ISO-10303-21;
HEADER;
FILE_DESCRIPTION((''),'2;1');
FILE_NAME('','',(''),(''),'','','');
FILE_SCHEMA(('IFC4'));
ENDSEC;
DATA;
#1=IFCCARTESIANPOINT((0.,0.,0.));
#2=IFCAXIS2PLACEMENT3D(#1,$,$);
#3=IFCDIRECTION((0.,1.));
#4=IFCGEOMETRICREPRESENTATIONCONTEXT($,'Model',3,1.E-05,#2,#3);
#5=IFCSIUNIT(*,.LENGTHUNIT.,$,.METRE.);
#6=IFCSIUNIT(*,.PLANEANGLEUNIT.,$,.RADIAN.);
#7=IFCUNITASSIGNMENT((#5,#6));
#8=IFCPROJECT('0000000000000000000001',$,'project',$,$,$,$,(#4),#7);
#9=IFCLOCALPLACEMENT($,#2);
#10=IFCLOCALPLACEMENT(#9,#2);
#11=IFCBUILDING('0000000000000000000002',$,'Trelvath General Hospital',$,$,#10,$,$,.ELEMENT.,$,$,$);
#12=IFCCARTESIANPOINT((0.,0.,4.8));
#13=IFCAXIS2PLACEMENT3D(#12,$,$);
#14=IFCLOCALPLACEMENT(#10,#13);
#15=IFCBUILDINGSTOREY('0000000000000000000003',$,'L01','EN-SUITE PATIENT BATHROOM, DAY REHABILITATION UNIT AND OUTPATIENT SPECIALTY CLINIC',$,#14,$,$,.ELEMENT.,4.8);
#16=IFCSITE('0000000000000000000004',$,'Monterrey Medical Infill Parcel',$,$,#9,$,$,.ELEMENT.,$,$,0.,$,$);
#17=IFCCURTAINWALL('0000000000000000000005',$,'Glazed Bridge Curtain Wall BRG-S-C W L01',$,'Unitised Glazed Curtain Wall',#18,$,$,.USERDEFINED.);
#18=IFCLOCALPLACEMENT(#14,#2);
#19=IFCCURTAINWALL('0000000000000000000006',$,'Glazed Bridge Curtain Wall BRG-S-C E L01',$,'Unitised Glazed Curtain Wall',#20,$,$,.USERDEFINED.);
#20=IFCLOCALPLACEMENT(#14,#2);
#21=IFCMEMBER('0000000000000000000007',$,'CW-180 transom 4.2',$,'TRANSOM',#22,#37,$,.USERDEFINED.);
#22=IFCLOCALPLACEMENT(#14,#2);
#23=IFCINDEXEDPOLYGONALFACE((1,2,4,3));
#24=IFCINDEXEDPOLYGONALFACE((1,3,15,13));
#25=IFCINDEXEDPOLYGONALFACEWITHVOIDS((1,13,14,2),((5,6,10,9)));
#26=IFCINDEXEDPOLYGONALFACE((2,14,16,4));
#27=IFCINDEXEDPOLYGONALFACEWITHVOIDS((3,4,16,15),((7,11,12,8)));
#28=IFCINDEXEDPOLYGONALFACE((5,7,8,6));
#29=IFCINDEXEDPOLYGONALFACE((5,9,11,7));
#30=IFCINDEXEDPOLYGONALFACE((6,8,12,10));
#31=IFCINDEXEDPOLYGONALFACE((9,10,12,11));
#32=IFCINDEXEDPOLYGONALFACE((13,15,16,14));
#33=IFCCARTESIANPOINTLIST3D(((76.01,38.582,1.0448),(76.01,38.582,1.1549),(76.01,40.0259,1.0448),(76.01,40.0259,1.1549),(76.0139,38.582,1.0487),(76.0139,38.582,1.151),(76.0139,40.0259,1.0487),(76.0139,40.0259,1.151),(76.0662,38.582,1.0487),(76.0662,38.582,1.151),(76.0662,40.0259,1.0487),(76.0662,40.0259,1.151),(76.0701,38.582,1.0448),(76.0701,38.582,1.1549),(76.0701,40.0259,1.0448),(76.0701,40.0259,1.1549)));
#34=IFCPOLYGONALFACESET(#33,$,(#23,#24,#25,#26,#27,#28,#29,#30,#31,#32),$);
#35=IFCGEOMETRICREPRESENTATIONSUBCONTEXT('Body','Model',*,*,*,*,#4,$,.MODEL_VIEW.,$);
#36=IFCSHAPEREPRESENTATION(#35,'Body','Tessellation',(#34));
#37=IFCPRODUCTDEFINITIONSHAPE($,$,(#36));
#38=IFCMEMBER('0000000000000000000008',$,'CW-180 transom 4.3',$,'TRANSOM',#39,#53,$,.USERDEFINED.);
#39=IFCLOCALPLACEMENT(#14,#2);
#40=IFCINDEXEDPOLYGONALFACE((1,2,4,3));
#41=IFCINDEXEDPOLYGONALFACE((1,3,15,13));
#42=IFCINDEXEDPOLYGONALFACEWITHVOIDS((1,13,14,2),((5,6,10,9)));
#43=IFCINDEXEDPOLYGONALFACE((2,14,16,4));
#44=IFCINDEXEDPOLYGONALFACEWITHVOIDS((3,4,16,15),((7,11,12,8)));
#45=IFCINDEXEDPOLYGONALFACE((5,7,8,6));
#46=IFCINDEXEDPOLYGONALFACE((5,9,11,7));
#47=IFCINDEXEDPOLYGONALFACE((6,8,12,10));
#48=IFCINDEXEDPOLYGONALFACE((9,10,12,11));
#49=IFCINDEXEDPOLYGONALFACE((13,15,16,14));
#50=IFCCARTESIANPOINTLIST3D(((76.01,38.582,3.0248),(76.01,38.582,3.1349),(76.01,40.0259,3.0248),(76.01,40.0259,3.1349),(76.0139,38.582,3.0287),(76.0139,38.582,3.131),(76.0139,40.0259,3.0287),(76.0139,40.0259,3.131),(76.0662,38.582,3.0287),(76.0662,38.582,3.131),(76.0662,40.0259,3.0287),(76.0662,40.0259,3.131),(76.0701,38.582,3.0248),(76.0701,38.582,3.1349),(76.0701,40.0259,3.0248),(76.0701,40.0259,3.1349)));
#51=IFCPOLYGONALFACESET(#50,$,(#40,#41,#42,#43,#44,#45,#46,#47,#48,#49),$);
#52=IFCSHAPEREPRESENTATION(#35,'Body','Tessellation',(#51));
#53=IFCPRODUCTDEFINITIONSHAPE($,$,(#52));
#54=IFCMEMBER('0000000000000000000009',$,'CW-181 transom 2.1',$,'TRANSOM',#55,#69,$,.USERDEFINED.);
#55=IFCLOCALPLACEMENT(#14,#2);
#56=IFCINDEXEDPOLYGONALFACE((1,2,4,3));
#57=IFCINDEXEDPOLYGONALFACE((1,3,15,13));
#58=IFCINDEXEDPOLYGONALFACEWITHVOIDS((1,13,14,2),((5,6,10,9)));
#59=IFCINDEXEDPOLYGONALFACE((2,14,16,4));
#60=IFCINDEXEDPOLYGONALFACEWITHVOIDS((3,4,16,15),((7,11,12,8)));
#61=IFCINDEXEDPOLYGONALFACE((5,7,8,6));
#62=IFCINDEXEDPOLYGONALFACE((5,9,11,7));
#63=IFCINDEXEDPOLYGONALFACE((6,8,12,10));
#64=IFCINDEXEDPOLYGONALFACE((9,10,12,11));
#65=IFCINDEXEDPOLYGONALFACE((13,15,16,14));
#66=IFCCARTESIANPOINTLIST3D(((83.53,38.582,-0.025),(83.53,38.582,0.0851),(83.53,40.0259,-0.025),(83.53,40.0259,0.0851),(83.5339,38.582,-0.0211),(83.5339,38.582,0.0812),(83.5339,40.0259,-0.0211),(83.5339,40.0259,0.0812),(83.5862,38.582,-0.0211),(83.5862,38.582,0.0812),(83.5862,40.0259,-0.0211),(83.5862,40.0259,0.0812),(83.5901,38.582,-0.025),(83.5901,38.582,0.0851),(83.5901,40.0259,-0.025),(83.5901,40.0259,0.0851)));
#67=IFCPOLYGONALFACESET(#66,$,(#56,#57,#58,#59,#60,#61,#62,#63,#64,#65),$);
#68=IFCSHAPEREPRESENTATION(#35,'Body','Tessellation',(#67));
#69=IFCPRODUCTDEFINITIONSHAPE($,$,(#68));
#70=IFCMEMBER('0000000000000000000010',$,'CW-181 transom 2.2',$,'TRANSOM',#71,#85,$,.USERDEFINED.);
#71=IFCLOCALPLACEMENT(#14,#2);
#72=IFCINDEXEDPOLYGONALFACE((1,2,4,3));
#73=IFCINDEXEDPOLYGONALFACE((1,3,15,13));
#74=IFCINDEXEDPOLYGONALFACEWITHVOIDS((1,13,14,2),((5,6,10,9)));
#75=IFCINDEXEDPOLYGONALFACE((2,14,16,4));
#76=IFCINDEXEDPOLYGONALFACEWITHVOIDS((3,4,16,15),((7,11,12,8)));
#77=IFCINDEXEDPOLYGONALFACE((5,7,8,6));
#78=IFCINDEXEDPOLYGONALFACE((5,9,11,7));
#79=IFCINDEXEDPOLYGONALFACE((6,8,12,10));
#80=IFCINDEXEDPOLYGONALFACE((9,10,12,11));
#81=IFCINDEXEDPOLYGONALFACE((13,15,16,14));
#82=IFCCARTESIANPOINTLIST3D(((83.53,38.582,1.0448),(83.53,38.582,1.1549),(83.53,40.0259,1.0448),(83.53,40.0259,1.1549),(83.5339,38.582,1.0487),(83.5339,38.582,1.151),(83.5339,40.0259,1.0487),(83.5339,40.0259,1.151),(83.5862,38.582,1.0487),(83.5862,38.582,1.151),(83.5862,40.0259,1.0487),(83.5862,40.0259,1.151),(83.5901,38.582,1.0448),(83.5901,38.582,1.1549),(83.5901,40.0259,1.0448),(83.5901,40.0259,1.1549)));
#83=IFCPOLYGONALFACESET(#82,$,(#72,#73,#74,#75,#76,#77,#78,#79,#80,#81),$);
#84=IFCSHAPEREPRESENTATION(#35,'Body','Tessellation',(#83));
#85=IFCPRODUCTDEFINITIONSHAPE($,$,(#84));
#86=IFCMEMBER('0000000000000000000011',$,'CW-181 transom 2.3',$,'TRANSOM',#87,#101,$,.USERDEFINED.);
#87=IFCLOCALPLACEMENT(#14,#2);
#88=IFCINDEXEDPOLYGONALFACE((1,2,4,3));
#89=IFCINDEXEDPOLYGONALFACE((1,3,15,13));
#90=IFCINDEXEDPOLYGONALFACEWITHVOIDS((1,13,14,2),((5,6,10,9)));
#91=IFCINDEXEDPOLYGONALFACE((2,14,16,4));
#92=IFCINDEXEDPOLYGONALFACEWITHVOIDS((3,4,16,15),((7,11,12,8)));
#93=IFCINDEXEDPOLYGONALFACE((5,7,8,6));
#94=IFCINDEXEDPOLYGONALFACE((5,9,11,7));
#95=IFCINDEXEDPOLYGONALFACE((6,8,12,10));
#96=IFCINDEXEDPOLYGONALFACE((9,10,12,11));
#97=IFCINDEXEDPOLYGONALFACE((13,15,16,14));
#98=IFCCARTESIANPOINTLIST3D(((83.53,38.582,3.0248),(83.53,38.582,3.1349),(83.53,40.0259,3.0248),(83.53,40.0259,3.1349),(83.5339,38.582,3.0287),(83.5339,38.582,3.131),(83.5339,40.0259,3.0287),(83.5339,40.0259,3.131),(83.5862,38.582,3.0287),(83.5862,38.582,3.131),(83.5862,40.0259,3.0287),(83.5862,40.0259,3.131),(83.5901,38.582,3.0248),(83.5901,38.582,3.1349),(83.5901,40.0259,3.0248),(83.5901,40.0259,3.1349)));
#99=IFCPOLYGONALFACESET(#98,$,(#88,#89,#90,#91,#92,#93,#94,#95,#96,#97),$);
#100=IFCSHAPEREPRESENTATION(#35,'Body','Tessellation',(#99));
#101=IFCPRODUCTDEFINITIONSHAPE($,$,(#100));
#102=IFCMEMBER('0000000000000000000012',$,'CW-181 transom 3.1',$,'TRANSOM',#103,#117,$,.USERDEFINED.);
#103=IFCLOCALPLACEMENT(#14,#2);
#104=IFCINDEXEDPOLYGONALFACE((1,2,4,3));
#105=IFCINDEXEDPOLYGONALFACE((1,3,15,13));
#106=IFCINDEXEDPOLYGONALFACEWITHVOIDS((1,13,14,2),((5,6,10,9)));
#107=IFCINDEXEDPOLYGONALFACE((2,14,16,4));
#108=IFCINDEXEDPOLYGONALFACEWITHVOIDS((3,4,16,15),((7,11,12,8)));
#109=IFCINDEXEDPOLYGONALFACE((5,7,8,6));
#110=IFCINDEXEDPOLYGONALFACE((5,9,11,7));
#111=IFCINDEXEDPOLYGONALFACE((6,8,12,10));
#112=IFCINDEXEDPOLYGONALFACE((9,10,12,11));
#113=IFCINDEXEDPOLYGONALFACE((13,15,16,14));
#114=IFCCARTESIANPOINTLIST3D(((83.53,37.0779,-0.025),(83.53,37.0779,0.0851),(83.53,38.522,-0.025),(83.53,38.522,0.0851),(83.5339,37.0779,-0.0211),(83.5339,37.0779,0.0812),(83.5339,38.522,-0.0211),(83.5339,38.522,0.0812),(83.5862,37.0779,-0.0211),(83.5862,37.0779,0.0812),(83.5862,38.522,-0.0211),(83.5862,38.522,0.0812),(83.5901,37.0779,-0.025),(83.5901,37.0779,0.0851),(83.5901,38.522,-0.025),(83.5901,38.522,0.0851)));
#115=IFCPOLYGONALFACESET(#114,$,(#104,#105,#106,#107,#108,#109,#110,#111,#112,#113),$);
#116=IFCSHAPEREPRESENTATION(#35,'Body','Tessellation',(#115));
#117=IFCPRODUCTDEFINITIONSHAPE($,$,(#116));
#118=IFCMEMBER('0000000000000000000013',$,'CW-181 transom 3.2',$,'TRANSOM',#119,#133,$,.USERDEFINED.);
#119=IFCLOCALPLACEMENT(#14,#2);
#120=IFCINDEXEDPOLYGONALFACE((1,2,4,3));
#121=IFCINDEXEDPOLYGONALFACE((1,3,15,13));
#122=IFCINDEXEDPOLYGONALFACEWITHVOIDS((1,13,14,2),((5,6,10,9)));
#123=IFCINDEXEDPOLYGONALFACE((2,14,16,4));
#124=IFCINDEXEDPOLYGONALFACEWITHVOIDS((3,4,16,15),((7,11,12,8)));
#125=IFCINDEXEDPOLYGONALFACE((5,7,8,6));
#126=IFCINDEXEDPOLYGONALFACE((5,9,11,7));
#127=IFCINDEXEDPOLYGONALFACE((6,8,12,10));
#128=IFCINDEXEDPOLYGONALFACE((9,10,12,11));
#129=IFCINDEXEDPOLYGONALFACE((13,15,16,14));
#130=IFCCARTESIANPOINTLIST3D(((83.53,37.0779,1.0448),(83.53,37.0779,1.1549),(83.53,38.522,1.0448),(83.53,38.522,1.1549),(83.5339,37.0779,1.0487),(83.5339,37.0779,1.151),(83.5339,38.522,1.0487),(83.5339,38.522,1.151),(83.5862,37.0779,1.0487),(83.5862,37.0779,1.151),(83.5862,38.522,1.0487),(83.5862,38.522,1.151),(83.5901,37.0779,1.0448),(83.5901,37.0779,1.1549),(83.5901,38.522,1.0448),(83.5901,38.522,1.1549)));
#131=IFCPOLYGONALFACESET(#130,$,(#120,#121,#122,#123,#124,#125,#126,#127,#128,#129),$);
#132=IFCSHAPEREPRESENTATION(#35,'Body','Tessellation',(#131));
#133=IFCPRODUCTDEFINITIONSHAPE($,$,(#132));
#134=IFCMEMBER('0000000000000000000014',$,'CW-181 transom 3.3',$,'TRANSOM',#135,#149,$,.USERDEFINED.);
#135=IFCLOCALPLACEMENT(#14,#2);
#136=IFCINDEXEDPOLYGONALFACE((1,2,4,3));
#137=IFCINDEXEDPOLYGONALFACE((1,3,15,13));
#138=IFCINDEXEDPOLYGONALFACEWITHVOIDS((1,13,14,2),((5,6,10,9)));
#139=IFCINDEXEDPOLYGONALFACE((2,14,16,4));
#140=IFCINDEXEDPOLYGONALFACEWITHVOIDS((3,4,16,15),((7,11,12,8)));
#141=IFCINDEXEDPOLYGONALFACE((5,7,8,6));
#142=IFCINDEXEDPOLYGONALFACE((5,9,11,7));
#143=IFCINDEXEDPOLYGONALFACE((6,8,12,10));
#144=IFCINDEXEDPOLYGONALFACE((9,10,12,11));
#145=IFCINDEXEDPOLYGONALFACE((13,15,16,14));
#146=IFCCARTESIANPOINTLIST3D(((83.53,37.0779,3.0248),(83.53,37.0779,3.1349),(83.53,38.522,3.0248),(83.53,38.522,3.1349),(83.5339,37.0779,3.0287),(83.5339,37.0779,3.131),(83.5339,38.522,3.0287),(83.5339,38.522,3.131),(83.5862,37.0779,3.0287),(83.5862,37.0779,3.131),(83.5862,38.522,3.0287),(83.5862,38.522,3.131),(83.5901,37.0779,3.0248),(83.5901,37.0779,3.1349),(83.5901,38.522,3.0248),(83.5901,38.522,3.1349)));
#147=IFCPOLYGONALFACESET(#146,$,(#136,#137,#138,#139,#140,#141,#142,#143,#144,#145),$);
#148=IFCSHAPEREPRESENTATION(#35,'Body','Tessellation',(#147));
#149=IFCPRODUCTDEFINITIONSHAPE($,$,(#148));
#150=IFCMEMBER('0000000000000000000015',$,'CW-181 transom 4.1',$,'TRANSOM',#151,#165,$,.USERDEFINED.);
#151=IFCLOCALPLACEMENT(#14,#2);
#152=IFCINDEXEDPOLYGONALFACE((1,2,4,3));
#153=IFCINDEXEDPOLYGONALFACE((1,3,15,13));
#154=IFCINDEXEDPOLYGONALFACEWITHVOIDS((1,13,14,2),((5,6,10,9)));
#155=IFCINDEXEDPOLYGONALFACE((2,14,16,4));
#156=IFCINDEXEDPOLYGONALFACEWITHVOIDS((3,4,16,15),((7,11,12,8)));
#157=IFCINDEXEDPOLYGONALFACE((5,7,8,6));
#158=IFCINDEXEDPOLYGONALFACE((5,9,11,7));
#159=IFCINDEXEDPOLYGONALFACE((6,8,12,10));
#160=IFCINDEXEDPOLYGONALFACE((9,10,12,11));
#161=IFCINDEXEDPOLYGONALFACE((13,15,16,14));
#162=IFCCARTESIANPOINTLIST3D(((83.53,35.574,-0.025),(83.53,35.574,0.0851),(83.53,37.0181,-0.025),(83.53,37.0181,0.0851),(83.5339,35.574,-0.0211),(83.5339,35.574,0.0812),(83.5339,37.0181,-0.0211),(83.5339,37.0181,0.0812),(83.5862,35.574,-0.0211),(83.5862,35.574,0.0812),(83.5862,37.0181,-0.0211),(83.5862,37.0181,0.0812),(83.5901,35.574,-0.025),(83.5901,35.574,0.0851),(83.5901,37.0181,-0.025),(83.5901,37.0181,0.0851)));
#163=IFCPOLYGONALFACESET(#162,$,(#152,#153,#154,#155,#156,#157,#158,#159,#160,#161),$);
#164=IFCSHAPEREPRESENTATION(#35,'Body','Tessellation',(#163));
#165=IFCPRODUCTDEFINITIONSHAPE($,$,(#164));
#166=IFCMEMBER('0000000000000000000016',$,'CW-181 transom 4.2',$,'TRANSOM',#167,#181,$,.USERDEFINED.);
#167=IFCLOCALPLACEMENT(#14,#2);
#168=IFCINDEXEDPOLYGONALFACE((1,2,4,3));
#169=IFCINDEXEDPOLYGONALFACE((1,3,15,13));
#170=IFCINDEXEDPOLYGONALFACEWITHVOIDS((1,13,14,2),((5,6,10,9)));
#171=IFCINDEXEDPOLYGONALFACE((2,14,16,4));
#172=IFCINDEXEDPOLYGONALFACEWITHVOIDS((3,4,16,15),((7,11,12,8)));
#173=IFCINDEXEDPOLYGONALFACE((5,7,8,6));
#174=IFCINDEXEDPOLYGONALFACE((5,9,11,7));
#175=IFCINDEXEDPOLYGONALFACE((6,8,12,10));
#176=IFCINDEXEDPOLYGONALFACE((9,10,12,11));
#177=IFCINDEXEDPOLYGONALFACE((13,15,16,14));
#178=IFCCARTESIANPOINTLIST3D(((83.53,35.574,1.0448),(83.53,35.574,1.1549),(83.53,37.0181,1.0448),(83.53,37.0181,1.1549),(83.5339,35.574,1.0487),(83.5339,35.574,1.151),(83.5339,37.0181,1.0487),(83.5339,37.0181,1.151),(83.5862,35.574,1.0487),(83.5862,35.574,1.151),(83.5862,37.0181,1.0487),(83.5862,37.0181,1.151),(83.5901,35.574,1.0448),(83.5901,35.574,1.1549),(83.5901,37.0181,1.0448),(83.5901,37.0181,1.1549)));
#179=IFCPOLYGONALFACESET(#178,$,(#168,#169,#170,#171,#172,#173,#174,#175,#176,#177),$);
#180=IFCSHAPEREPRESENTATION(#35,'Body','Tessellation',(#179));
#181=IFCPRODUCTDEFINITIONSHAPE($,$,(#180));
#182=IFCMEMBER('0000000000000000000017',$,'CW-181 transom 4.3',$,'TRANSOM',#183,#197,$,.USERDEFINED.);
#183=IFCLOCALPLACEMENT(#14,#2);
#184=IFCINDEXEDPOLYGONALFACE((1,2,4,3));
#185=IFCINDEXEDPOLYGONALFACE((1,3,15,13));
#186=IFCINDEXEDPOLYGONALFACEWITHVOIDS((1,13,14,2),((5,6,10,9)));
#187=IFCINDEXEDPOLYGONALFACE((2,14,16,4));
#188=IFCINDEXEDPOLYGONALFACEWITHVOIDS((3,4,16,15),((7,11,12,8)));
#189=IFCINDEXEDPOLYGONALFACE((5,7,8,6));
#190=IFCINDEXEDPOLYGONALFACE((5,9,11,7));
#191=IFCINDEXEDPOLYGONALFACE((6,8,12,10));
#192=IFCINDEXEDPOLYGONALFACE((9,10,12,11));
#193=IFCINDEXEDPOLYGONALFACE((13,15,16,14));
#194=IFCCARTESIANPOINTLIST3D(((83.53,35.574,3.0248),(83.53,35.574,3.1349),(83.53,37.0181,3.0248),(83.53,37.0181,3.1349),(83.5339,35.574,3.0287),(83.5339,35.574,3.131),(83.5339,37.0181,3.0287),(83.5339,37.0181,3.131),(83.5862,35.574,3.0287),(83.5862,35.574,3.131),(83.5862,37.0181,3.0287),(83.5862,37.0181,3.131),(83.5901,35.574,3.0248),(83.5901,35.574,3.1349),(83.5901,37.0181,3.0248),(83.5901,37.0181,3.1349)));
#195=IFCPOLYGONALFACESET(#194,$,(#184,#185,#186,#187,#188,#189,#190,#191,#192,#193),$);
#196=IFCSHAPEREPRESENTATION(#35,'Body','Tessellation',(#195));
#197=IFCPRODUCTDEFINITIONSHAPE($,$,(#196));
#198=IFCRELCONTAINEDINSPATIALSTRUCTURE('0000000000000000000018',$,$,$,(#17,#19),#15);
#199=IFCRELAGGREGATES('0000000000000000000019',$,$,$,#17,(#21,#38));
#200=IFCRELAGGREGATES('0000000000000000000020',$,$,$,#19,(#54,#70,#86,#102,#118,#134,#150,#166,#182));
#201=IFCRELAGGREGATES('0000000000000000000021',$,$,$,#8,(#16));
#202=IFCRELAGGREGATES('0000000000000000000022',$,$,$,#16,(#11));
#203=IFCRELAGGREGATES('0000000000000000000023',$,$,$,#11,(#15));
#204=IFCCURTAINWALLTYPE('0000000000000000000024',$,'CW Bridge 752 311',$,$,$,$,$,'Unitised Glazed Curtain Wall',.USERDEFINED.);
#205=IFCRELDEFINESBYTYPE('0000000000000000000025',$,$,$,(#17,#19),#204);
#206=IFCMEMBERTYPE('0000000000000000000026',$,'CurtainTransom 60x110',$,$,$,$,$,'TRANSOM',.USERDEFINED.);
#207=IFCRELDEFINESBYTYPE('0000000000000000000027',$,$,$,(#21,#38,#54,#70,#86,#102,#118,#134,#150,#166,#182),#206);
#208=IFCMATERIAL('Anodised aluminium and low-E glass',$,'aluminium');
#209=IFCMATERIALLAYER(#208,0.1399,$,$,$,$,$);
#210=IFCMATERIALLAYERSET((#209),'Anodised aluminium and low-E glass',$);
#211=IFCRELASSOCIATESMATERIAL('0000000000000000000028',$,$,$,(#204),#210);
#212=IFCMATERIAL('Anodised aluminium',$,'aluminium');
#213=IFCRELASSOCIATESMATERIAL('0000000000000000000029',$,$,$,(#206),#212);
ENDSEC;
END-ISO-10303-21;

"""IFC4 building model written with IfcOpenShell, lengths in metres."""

from ifc_helpers import new_model, si_unit, direction, frame, origin, origin_2d, place, context, subcontext, project, spatial, hollow_rectangle, extrude, material, layer, layer_set, material_profile, profile_set, type_object, element, aggregate, save


model = new_model("IFC4")

# Units and contexts
model_context = context("Model", 3, precision=1e-05, world=origin(), true_north=direction((0.0, 1.0)))
body_context = subcontext(model_context, "Body", "Model", "MODEL_VIEW")
ifc_project = project(units=[si_unit("LENGTHUNIT", "METRE"), si_unit("PLANEANGLEUNIT", "RADIAN")], contexts=[model_context])

# Site, building, storey
site_placement = place(None, origin())
site = spatial("IfcSite", under=ifc_project, at=site_placement, Name="Monterrey Medical Infill Parcel", CompositionType="ELEMENT", RefElevation=0.0)
building_placement = place(site_placement, origin())
building = spatial("IfcBuilding", under=site, at=building_placement, Name="Trelvath General Hospital", CompositionType="ELEMENT")
storey_placement = place(building_placement, frame((0.0, 0.0, 4.8)))
storey = spatial("IfcBuildingStorey", under=building, at=storey_placement, Name="L01", Description="EN-SUITE PATIENT BATHROOM, DAY REHABILITATION UNIT AND OUTPATIENT SPECIALTY CLINIC", CompositionType="ELEMENT", Elevation=4.8)

# Curtain walls
ifc_material_1 = material(Name="Anodised aluminium and low-E glass", Category="aluminium")
ifc_layer_1 = layer(ifc_material_1, 0.1399)
ifc_layer_set_1 = layer_set([ifc_layer_1], Name="Anodised aluminium and low-E glass")
curtain_wall_type = type_object("IfcCurtainWallType", Name="CW Bridge 752 311", ElementType="Unitised Glazed Curtain Wall", PredefinedType="USERDEFINED", material=ifc_layer_set_1)
curtain_wall_1_placement = place(storey_placement, origin())
curtain_wall_1 = element("IfcCurtainWall", 1, at=curtain_wall_1_placement, inside=storey, type_object=curtain_wall_type, Name="Glazed Bridge Curtain Wall BRG-S-C W L01", ObjectType="Unitised Glazed Curtain Wall", PredefinedType="USERDEFINED")
curtain_wall_2_placement = place(storey_placement, origin())
curtain_wall_2 = element("IfcCurtainWall", 2, at=curtain_wall_2_placement, inside=storey, type_object=curtain_wall_type, Name="Glazed Bridge Curtain Wall BRG-S-C E L01", ObjectType="Unitised Glazed Curtain Wall", PredefinedType="USERDEFINED")

# Members
ifc_material_2 = material(Name="Anodised aluminium", Category="aluminium")
ifc_material_profile_1 = material_profile(ifc_material_2, hollow_rectangle(XDim=0.0601, YDim=0.1101, WallThickness=0.0039, at=origin_2d()), Name="RHS60x110x4")
ifc_profile_set_1 = profile_set([ifc_material_profile_1], Name="Anodised aluminium")
member_type_1 = type_object("IfcMemberType", Name="CurtainTransom 60x110", ElementType="TRANSOM", PredefinedType="USERDEFINED", material=ifc_profile_set_1)
member_1_placement = place(storey_placement, frame((76.04, 38.582, 1.0999), z_axis=(0.0, 1.0, 0.0), x_axis=(-1.0, 0.0, 0.0)))
member_1 = element("IfcMember", 3, at=member_1_placement, type_object=member_type_1, Name="CW-180 transom 4.2", ObjectType="TRANSOM", PredefinedType="USERDEFINED", context=body_context, shape_type="SweptSolid", body=[
    extrude(hollow_rectangle(XDim=0.0601, YDim=0.1101, WallThickness=0.0039, at=origin_2d()), origin(), (0.0, 0.0, 1.0), 1.4438),
])
member_2_placement = place(storey_placement, frame((76.04, 38.582, 3.0798), z_axis=(0.0, 1.0, 0.0), x_axis=(-1.0, 0.0, 0.0)))
member_2 = element("IfcMember", 4, at=member_2_placement, type_object=member_type_1, Name="CW-180 transom 4.3", ObjectType="TRANSOM", PredefinedType="USERDEFINED", context=body_context, shape_type="SweptSolid", body=[
    extrude(hollow_rectangle(XDim=0.0601, YDim=0.1101, WallThickness=0.0039, at=origin_2d()), origin(), (0.0, 0.0, 1.0), 1.4438),
])
member_3_placement = place(storey_placement, frame((83.5601, 40.0259, 0.03), z_axis=(0.0, -1.0, 0.0), x_axis=(1.0, 0.0, 0.0)))
member_3 = element("IfcMember", 5, at=member_3_placement, type_object=member_type_1, Name="CW-181 transom 2.1", ObjectType="TRANSOM", PredefinedType="USERDEFINED", context=body_context, shape_type="SweptSolid", body=[
    extrude(hollow_rectangle(XDim=0.0601, YDim=0.1101, WallThickness=0.0039, at=origin_2d()), origin(), (0.0, 0.0, 1.0), 1.4438),
])
member_4_placement = place(storey_placement, frame((83.5601, 40.0259, 1.0999), z_axis=(0.0, -1.0, 0.0), x_axis=(1.0, 0.0, 0.0)))
member_4 = element("IfcMember", 6, at=member_4_placement, type_object=member_type_1, Name="CW-181 transom 2.2", ObjectType="TRANSOM", PredefinedType="USERDEFINED", context=body_context, shape_type="SweptSolid", body=[
    extrude(hollow_rectangle(XDim=0.0601, YDim=0.1101, WallThickness=0.0039, at=origin_2d()), origin(), (0.0, 0.0, 1.0), 1.4438),
])
member_5_placement = place(storey_placement, frame((83.5601, 40.0259, 3.0798), z_axis=(0.0, -1.0, 0.0), x_axis=(1.0, 0.0, 0.0)))
member_5 = element("IfcMember", 7, at=member_5_placement, type_object=member_type_1, Name="CW-181 transom 2.3", ObjectType="TRANSOM", PredefinedType="USERDEFINED", context=body_context, shape_type="SweptSolid", body=[
    extrude(hollow_rectangle(XDim=0.0601, YDim=0.1101, WallThickness=0.0039, at=origin_2d()), origin(), (0.0, 0.0, 1.0), 1.4438),
])
member_6_placement = place(storey_placement, frame((83.5601, 38.522, 0.03), z_axis=(0.0, -1.0, 0.0), x_axis=(1.0, 0.0, 0.0)))
member_6 = element("IfcMember", 8, at=member_6_placement, type_object=member_type_1, Name="CW-181 transom 3.1", ObjectType="TRANSOM", PredefinedType="USERDEFINED", context=body_context, shape_type="SweptSolid", body=[
    extrude(hollow_rectangle(XDim=0.0601, YDim=0.1101, WallThickness=0.0039, at=origin_2d()), origin(), (0.0, 0.0, 1.0), 1.4441),
])
member_7_placement = place(storey_placement, frame((83.5601, 38.522, 1.0999), z_axis=(0.0, -1.0, 0.0), x_axis=(1.0, 0.0, 0.0)))
member_7 = element("IfcMember", 9, at=member_7_placement, type_object=member_type_1, Name="CW-181 transom 3.2", ObjectType="TRANSOM", PredefinedType="USERDEFINED", context=body_context, shape_type="SweptSolid", body=[
    extrude(hollow_rectangle(XDim=0.0601, YDim=0.1101, WallThickness=0.0039, at=origin_2d()), origin(), (0.0, 0.0, 1.0), 1.4441),
])
member_8_placement = place(storey_placement, frame((83.5601, 38.522, 3.0798), z_axis=(0.0, -1.0, 0.0), x_axis=(1.0, 0.0, 0.0)))
member_8 = element("IfcMember", 10, at=member_8_placement, type_object=member_type_1, Name="CW-181 transom 3.3", ObjectType="TRANSOM", PredefinedType="USERDEFINED", context=body_context, shape_type="SweptSolid", body=[
    extrude(hollow_rectangle(XDim=0.0601, YDim=0.1101, WallThickness=0.0039, at=origin_2d()), origin(), (0.0, 0.0, 1.0), 1.4441),
])
member_9_placement = place(storey_placement, frame((83.5601, 37.0181, 0.03), z_axis=(0.0, -1.0, 0.0), x_axis=(1.0, 0.0, 0.0)))
member_9 = element("IfcMember", 11, at=member_9_placement, type_object=member_type_1, Name="CW-181 transom 4.1", ObjectType="TRANSOM", PredefinedType="USERDEFINED", context=body_context, shape_type="SweptSolid", body=[
    extrude(hollow_rectangle(XDim=0.0601, YDim=0.1101, WallThickness=0.0039, at=origin_2d()), origin(), (0.0, 0.0, 1.0), 1.4441),
])
member_10_placement = place(storey_placement, frame((83.5601, 37.0181, 1.0999), z_axis=(0.0, -1.0, 0.0), x_axis=(1.0, 0.0, 0.0)))
member_10 = element("IfcMember", 12, at=member_10_placement, type_object=member_type_1, Name="CW-181 transom 4.2", ObjectType="TRANSOM", PredefinedType="USERDEFINED", context=body_context, shape_type="SweptSolid", body=[
    extrude(hollow_rectangle(XDim=0.0601, YDim=0.1101, WallThickness=0.0039, at=origin_2d()), origin(), (0.0, 0.0, 1.0), 1.4441),
])
member_11_placement = place(storey_placement, frame((83.5601, 37.0181, 3.0798), z_axis=(0.0, -1.0, 0.0), x_axis=(1.0, 0.0, 0.0)))
member_11 = element("IfcMember", 13, at=member_11_placement, type_object=member_type_1, Name="CW-181 transom 4.3", ObjectType="TRANSOM", PredefinedType="USERDEFINED", context=body_context, shape_type="SweptSolid", body=[
    extrude(hollow_rectangle(XDim=0.0601, YDim=0.1101, WallThickness=0.0039, at=origin_2d()), origin(), (0.0, 0.0, 1.0), 1.4441),
])

aggregate(curtain_wall_1, [member_1, member_2])
aggregate(curtain_wall_2, [member_3, member_4, member_5, member_6, member_7, member_8, member_9, member_10, member_11])

save(model, "model.ifc")
